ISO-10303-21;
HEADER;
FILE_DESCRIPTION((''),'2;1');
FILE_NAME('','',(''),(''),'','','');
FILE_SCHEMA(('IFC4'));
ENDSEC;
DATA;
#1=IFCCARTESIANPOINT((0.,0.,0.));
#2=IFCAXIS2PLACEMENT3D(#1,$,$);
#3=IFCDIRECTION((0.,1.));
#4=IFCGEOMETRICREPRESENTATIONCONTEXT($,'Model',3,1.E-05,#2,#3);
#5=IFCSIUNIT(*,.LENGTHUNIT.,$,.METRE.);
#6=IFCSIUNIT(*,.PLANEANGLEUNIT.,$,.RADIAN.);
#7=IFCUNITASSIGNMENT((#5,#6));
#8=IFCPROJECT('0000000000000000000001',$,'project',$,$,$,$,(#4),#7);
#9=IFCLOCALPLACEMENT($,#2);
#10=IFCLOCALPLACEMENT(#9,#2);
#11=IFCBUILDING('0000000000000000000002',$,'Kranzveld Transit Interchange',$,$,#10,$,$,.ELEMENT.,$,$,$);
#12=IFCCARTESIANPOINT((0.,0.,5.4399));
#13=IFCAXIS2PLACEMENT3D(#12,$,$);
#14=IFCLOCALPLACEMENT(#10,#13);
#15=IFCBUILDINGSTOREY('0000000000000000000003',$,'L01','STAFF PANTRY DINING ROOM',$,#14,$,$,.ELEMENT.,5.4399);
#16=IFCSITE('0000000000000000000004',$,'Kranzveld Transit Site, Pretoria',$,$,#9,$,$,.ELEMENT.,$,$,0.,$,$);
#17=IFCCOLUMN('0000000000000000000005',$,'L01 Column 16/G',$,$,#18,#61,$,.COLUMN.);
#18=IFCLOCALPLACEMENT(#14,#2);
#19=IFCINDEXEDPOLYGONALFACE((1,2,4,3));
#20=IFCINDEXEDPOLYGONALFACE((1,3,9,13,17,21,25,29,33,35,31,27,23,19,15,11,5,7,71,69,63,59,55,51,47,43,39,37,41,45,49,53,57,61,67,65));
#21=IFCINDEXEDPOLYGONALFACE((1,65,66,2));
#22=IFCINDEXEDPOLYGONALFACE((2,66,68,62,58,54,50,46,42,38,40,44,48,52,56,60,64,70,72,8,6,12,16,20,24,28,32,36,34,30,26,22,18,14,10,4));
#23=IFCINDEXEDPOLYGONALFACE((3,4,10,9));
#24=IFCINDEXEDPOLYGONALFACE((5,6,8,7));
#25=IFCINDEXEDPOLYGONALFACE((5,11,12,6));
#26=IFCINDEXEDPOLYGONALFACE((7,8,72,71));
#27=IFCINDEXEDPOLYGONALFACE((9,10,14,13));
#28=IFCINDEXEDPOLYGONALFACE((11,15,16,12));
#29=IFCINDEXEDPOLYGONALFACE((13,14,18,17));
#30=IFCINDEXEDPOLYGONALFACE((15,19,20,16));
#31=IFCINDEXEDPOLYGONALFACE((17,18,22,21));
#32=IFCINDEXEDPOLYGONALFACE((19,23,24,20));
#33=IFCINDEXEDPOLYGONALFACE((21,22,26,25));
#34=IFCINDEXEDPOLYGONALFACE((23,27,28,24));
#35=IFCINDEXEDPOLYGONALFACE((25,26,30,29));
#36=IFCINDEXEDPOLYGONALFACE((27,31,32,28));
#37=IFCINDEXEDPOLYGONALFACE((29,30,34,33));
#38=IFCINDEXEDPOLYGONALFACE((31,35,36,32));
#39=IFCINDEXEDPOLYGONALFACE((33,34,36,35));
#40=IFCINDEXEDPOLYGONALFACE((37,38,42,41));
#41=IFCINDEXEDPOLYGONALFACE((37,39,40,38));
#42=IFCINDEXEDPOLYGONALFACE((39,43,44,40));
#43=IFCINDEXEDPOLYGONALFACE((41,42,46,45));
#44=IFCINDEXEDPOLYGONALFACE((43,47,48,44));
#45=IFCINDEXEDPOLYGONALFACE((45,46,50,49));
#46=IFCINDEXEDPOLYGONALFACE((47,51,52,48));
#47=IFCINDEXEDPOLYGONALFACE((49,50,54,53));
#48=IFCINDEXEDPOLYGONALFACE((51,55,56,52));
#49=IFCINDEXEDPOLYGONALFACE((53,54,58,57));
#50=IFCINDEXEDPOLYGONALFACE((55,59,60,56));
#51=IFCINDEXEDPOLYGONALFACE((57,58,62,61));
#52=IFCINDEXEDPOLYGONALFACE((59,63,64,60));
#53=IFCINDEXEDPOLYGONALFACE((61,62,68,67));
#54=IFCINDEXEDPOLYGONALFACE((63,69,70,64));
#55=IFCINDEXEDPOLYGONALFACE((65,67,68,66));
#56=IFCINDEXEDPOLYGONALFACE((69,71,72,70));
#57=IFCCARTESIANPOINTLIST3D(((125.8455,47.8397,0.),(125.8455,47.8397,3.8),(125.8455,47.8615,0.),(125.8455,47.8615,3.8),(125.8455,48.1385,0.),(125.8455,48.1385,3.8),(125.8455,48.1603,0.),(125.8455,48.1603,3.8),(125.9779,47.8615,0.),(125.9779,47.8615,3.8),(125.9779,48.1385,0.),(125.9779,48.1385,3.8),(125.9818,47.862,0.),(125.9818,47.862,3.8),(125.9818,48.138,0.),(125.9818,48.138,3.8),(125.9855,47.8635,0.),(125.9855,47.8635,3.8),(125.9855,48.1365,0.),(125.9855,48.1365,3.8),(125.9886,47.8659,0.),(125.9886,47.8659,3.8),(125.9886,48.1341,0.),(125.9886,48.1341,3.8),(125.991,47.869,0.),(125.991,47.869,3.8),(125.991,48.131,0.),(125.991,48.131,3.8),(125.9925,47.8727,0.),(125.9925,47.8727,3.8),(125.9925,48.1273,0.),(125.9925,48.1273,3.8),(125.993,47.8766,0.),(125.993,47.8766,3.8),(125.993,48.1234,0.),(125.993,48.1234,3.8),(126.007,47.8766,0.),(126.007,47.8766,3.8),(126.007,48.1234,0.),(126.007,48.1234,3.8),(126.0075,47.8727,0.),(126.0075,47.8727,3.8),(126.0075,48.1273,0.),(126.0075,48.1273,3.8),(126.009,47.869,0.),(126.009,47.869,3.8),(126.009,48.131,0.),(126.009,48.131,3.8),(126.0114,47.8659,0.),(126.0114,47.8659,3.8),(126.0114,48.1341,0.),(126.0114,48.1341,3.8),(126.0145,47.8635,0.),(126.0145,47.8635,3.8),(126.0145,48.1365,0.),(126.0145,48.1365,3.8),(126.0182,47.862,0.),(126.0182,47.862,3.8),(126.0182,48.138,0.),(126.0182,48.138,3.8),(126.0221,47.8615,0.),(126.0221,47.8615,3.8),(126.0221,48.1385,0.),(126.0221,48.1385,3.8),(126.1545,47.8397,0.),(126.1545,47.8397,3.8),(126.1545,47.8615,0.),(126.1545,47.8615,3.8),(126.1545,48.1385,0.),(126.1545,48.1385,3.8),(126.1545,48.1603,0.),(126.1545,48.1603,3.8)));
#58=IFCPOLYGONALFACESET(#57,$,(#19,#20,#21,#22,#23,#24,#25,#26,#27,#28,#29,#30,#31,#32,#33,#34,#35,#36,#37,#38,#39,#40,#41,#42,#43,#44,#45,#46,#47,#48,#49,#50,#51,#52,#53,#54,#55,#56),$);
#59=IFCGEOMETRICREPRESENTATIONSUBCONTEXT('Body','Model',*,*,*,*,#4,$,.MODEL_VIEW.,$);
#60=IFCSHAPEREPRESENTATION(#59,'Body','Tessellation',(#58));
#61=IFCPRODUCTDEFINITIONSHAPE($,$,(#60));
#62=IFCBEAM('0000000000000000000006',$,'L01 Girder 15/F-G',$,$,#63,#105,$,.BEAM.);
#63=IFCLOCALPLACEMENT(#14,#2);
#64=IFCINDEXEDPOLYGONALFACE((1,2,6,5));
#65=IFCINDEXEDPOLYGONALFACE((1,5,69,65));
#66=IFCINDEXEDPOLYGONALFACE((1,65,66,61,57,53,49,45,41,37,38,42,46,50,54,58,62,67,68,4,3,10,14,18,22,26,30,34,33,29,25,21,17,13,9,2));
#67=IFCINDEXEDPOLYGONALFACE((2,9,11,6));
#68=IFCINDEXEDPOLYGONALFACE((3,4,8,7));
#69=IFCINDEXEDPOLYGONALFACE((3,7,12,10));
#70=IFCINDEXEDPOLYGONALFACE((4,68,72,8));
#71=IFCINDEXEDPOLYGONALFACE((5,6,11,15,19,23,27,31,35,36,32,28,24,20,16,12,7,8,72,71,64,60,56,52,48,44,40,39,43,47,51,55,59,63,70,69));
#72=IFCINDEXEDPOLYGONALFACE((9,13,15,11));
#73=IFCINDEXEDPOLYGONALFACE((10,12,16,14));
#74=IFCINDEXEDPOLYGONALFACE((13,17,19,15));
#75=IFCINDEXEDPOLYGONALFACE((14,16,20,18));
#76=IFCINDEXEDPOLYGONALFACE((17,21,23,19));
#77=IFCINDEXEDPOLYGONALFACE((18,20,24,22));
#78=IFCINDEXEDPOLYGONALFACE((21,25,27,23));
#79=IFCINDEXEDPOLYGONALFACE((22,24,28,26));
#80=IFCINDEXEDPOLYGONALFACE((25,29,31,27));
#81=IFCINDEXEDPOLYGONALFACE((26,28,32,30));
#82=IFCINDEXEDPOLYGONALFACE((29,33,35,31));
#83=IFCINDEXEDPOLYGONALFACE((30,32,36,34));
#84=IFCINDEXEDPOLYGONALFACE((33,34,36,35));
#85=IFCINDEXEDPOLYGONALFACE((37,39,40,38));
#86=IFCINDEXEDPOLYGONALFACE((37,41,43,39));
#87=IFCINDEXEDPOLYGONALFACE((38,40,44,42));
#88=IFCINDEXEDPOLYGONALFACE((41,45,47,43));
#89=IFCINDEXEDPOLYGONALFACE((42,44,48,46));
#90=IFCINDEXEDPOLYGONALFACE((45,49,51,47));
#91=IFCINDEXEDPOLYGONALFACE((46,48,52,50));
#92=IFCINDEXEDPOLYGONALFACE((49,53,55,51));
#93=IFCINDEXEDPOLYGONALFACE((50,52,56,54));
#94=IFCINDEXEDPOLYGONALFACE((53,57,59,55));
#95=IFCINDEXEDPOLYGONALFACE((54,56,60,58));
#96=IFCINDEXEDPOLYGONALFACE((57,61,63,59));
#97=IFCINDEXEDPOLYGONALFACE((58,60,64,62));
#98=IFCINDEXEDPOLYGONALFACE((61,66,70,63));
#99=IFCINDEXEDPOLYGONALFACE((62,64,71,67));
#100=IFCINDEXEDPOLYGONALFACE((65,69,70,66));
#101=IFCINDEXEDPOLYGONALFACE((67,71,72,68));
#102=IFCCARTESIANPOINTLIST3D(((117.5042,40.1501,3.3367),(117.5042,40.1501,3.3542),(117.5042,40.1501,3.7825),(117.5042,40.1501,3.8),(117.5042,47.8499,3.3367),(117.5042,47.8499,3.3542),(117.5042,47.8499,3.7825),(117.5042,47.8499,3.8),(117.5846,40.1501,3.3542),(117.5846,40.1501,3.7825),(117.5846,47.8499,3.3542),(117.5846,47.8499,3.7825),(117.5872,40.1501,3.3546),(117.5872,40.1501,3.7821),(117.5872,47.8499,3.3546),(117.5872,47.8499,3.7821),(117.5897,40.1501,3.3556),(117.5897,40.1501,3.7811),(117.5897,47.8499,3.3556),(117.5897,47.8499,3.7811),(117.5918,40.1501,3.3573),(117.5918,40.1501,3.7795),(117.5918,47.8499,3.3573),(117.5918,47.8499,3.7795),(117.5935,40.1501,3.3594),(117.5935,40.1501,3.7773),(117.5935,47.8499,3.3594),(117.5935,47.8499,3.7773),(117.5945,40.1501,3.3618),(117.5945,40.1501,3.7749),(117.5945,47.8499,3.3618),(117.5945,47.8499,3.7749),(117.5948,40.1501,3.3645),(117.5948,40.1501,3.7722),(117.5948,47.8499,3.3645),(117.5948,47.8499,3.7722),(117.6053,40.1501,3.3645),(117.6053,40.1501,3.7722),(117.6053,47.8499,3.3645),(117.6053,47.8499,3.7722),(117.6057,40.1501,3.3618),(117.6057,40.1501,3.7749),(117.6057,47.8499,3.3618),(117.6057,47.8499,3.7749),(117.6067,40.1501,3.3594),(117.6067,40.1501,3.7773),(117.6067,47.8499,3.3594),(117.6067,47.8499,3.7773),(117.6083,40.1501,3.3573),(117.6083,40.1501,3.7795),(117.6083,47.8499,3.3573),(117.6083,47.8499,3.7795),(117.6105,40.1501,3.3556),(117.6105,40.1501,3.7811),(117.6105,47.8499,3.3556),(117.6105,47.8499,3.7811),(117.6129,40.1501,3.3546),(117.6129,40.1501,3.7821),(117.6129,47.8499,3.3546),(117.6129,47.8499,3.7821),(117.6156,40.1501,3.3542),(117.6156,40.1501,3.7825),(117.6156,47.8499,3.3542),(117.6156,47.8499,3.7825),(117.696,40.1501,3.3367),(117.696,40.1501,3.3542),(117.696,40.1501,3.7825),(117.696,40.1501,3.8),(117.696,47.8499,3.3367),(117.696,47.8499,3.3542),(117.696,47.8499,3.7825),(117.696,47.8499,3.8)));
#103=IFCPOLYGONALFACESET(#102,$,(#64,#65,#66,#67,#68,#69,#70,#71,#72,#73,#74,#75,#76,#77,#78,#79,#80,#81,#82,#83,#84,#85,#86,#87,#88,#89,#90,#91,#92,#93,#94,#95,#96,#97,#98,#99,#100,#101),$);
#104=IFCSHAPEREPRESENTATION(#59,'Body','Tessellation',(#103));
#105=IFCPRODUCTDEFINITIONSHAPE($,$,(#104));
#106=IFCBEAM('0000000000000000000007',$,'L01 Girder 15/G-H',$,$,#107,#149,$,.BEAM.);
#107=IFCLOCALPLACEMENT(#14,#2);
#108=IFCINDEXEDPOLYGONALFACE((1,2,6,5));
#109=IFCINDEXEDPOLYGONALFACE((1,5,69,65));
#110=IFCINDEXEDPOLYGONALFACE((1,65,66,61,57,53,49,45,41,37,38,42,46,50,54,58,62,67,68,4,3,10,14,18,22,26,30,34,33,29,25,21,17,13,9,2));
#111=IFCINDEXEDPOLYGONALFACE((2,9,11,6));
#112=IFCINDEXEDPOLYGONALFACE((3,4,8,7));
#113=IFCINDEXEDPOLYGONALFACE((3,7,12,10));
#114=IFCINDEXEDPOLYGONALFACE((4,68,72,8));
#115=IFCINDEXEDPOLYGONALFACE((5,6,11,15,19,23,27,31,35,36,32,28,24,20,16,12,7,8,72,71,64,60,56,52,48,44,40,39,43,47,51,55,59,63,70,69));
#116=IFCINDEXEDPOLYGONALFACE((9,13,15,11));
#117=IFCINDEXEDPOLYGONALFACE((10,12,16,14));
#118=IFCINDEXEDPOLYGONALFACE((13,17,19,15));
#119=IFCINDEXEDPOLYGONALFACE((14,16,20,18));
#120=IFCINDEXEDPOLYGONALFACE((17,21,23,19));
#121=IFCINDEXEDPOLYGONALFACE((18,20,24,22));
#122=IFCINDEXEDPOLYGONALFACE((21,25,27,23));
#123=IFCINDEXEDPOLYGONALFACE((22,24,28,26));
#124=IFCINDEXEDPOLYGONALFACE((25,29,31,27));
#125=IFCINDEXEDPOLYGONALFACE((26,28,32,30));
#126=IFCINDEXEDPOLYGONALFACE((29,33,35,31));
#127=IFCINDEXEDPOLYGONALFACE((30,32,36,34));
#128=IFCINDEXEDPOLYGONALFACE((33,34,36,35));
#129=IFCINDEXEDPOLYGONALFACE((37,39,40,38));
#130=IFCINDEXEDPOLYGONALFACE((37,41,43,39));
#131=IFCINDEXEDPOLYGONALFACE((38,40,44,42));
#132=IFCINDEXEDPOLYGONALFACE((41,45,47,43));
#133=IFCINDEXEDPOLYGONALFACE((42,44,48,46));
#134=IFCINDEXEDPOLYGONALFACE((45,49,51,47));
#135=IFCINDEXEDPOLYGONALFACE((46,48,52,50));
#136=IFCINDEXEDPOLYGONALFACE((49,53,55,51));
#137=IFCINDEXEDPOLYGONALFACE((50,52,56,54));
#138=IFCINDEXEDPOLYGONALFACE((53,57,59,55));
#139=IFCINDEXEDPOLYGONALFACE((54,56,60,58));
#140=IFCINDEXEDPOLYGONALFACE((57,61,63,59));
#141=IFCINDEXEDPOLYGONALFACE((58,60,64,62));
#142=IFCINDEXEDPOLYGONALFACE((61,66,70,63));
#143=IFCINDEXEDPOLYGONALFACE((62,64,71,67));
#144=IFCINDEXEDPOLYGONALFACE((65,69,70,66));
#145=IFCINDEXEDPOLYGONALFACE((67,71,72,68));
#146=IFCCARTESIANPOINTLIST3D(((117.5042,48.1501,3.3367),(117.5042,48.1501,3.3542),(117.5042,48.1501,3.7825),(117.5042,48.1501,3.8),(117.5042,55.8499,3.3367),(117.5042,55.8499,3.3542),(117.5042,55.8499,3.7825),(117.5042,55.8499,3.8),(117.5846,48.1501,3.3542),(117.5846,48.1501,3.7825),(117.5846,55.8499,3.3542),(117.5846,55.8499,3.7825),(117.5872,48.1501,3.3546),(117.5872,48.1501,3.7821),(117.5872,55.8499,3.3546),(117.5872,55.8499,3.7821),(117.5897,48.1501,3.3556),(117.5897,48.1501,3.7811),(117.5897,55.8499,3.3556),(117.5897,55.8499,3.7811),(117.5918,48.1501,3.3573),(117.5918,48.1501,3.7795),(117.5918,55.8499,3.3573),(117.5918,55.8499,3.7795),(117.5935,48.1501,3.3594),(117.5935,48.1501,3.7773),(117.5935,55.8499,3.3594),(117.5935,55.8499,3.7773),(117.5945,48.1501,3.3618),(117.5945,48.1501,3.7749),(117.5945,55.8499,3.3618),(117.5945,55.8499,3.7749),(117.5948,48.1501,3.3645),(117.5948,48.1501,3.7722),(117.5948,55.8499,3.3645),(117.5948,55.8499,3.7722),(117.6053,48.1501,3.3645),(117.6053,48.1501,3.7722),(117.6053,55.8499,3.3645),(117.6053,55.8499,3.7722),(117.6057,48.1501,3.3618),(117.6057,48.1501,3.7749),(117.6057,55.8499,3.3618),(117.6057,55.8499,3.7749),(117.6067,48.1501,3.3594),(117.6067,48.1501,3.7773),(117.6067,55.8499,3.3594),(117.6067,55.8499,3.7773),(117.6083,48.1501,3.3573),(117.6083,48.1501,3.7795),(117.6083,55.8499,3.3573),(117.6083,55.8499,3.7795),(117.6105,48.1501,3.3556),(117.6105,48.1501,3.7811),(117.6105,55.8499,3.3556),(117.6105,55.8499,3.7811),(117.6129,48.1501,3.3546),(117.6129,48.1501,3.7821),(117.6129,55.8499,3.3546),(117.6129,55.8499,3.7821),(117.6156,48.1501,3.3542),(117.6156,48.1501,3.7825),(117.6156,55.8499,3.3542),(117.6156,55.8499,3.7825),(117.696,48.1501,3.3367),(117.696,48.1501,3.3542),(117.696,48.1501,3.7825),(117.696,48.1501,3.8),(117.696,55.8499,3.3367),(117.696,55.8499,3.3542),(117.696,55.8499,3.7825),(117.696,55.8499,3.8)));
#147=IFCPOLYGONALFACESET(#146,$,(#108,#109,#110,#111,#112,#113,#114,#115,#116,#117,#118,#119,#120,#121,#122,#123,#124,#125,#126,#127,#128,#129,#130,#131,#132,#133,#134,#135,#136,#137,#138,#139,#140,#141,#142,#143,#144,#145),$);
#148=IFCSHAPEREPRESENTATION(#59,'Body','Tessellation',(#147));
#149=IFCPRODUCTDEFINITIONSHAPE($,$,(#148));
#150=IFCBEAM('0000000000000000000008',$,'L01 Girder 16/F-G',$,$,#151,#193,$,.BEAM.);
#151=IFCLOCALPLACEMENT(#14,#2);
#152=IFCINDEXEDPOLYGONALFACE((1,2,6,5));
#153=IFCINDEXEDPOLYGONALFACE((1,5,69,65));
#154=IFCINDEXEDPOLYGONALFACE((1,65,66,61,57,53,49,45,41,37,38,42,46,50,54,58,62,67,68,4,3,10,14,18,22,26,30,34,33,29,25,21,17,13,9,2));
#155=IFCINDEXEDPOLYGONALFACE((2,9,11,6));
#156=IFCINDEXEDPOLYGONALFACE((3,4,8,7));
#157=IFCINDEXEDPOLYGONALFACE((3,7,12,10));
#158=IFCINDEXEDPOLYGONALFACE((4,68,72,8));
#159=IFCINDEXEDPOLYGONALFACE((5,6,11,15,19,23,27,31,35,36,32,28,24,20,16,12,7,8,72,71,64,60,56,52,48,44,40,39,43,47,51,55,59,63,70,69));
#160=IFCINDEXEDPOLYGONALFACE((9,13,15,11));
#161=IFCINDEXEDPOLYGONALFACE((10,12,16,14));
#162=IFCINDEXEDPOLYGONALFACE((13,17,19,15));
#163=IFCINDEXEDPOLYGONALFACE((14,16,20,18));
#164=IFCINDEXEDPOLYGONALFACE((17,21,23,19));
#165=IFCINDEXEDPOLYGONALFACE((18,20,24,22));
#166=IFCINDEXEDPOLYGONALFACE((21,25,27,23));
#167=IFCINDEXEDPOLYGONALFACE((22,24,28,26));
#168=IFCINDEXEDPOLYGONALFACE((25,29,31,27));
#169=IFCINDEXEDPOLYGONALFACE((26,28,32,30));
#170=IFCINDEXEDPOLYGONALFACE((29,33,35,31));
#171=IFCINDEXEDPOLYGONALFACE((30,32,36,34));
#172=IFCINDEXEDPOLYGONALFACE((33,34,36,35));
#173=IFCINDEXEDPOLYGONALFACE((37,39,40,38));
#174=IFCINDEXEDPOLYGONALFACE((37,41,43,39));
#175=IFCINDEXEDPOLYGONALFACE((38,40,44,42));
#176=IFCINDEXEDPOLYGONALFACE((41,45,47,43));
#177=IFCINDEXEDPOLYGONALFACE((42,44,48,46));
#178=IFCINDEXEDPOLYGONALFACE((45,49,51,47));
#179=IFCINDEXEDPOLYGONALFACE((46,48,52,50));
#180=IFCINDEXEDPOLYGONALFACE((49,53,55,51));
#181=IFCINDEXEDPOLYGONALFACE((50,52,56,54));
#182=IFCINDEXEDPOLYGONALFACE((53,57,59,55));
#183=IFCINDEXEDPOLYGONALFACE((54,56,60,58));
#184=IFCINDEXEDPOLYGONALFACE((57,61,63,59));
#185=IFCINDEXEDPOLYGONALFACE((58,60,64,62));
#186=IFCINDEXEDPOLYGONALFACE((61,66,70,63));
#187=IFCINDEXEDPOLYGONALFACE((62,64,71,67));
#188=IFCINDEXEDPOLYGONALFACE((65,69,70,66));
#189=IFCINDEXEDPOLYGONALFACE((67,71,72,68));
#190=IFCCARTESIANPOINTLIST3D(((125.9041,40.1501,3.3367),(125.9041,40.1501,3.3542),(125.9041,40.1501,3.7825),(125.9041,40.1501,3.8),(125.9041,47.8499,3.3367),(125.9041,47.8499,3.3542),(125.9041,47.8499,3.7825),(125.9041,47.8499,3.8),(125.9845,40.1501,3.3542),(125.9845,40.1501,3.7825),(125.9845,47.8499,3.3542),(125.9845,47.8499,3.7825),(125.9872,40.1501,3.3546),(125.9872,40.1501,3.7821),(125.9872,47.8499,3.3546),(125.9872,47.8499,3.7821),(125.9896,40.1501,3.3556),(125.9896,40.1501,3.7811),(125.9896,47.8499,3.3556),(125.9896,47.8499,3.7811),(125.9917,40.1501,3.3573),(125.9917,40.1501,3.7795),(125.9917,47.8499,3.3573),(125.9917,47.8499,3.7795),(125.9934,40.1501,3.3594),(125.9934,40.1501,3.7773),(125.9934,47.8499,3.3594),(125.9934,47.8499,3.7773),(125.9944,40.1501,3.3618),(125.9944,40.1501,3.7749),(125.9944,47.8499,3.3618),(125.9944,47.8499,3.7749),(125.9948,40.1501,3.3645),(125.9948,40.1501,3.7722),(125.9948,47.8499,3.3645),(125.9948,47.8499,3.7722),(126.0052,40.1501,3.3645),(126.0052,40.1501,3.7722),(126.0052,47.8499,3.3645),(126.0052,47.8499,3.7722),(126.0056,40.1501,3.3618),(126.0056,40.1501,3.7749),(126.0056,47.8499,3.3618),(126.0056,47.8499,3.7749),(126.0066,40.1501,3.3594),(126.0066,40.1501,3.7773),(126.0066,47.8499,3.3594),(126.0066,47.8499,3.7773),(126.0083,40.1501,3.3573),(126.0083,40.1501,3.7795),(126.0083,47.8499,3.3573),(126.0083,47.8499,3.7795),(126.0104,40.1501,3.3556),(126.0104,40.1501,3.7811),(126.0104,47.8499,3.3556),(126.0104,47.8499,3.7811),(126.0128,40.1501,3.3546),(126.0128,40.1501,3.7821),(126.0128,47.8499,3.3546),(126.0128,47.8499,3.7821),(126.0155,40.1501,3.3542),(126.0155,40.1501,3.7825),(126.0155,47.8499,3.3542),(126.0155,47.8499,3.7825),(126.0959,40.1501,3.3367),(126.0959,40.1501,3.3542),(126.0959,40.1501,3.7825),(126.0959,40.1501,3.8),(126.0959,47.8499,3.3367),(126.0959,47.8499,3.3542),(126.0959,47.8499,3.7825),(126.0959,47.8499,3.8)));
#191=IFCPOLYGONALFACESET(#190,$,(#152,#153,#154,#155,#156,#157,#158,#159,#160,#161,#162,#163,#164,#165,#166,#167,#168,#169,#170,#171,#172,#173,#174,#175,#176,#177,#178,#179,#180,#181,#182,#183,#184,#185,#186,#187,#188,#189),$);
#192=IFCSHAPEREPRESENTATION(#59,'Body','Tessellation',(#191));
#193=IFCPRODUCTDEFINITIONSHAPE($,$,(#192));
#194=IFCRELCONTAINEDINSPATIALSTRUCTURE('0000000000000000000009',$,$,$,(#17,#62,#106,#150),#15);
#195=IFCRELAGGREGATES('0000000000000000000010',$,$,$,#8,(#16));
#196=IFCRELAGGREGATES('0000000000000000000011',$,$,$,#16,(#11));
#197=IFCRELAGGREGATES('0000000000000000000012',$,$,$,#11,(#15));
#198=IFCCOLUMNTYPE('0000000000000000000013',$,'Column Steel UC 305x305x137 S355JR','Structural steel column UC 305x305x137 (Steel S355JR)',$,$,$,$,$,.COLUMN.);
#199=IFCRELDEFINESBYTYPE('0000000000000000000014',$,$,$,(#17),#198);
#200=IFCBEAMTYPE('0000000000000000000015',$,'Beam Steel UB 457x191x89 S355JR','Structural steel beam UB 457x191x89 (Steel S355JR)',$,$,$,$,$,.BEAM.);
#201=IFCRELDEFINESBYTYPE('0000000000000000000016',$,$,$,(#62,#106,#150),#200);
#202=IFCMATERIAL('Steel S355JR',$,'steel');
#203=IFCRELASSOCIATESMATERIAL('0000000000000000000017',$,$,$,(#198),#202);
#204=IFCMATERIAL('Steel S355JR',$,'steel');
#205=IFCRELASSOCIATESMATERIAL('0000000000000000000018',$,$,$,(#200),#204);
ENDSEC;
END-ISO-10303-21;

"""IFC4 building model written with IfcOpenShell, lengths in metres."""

from ifc_helpers import new_model, si_unit, direction, frame, origin, origin_2d, place, context, subcontext, project, spatial, i_section, extrude, material, material_profile, profile_set, type_object, element, save


model = new_model("IFC4")

# Units and contexts
model_context = context("Model", 3, precision=1e-05, world=origin(), true_north=direction((0.0, 1.0)))
body_context = subcontext(model_context, "Body", "Model", "MODEL_VIEW")
ifc_project = project(units=[si_unit("LENGTHUNIT", "METRE"), si_unit("PLANEANGLEUNIT", "RADIAN")], contexts=[model_context])

# Site, building, storey
site_placement = place(None, origin())
site = spatial("IfcSite", under=ifc_project, at=site_placement, Name="Kranzveld Transit Site, Pretoria", CompositionType="ELEMENT", RefElevation=0.0)
building_placement = place(site_placement, origin())
building = spatial("IfcBuilding", under=site, at=building_placement, Name="Kranzveld Transit Interchange", CompositionType="ELEMENT")
storey_placement = place(building_placement, frame((0.0, 0.0, 5.4399)))
storey = spatial("IfcBuildingStorey", under=building, at=storey_placement, Name="L01", Description="STAFF PANTRY DINING ROOM", CompositionType="ELEMENT", Elevation=5.4399)

# Column
ifc_material_1 = material(Name="Steel S355JR", Category="steel")
ifc_material_profile_1 = material_profile(ifc_material_1, i_section(OverallWidth=0.3091, OverallDepth=0.3206, WebThickness=0.0139, FlangeThickness=0.0217, FilletRadius=0.0151, at=origin_2d()), Name="UC 305x305x137")
ifc_profile_set_1 = profile_set([ifc_material_profile_1], Name="Steel S355JR")
column_type = type_object("IfcColumnType", Name="Column Steel UC 305x305x137 S355JR", Description="Structural steel column UC 305x305x137 (Steel S355JR)", PredefinedType="COLUMN", material=ifc_profile_set_1)
for number, where, z_axis, x_axis, name in (
    (1, (126.0, 48.0, 0.0), (0.0, 0.0, 1.0), (1.0, 0.0, 0.0), "L01 Column 16/G"),
):
    element("IfcColumn", number, at=place(storey_placement, frame(where, z_axis=z_axis, x_axis=x_axis)), inside=storey, type_object=column_type, Name=name, PredefinedType="COLUMN", context=body_context, shape_type="SweptSolid", body=[
        extrude(i_section(OverallWidth=0.3091, OverallDepth=0.3206, WebThickness=0.0139, FlangeThickness=0.0217, FilletRadius=0.0151, at=origin_2d()), origin(), (0.0, 0.0, 1.0), 3.8),
    ])

# Beams
ifc_material_2 = material(Name="Steel S355JR", Category="steel")
ifc_material_profile_2 = material_profile(ifc_material_2, i_section(OverallWidth=0.1919, OverallDepth=0.4634, WebThickness=0.0105, FlangeThickness=0.0176, FilletRadius=0.0103, at=origin_2d()), Name="UB 457x191x89")
ifc_profile_set_2 = profile_set([ifc_material_profile_2], Name="Steel S355JR")
beam_type_1 = type_object("IfcBeamType", Name="Beam Steel UB 457x191x89 S355JR", Description="Structural steel beam UB 457x191x89 (Steel S355JR)", PredefinedType="BEAM", material=ifc_profile_set_2)
for number, where, z_axis, x_axis, name in (
    (2, (117.6001, 40.1501, 3.5684), (0.0, 1.0, 0.0), (-1.0, 0.0, 0.0), "L01 Girder 15/F-G"),
    (3, (117.6001, 48.1501, 3.5684), (0.0, 1.0, 0.0), (-1.0, 0.0, 0.0), "L01 Girder 15/G-H"),
    (4, (126.0, 40.1501, 3.5684), (0.0, 1.0, 0.0), (-1.0, 0.0, 0.0), "L01 Girder 16/F-G"),
):
    element("IfcBeam", number, at=place(storey_placement, frame(where, z_axis=z_axis, x_axis=x_axis)), inside=storey, type_object=beam_type_1, Name=name, PredefinedType="BEAM", context=body_context, shape_type="SweptSolid", body=[
        extrude(i_section(OverallWidth=0.1919, OverallDepth=0.4634, WebThickness=0.0105, FlangeThickness=0.0176, FilletRadius=0.0103, at=origin_2d()), origin(), (0.0, 0.0, 1.0), 7.6997),
    ])

save(model, "model.ifc")
